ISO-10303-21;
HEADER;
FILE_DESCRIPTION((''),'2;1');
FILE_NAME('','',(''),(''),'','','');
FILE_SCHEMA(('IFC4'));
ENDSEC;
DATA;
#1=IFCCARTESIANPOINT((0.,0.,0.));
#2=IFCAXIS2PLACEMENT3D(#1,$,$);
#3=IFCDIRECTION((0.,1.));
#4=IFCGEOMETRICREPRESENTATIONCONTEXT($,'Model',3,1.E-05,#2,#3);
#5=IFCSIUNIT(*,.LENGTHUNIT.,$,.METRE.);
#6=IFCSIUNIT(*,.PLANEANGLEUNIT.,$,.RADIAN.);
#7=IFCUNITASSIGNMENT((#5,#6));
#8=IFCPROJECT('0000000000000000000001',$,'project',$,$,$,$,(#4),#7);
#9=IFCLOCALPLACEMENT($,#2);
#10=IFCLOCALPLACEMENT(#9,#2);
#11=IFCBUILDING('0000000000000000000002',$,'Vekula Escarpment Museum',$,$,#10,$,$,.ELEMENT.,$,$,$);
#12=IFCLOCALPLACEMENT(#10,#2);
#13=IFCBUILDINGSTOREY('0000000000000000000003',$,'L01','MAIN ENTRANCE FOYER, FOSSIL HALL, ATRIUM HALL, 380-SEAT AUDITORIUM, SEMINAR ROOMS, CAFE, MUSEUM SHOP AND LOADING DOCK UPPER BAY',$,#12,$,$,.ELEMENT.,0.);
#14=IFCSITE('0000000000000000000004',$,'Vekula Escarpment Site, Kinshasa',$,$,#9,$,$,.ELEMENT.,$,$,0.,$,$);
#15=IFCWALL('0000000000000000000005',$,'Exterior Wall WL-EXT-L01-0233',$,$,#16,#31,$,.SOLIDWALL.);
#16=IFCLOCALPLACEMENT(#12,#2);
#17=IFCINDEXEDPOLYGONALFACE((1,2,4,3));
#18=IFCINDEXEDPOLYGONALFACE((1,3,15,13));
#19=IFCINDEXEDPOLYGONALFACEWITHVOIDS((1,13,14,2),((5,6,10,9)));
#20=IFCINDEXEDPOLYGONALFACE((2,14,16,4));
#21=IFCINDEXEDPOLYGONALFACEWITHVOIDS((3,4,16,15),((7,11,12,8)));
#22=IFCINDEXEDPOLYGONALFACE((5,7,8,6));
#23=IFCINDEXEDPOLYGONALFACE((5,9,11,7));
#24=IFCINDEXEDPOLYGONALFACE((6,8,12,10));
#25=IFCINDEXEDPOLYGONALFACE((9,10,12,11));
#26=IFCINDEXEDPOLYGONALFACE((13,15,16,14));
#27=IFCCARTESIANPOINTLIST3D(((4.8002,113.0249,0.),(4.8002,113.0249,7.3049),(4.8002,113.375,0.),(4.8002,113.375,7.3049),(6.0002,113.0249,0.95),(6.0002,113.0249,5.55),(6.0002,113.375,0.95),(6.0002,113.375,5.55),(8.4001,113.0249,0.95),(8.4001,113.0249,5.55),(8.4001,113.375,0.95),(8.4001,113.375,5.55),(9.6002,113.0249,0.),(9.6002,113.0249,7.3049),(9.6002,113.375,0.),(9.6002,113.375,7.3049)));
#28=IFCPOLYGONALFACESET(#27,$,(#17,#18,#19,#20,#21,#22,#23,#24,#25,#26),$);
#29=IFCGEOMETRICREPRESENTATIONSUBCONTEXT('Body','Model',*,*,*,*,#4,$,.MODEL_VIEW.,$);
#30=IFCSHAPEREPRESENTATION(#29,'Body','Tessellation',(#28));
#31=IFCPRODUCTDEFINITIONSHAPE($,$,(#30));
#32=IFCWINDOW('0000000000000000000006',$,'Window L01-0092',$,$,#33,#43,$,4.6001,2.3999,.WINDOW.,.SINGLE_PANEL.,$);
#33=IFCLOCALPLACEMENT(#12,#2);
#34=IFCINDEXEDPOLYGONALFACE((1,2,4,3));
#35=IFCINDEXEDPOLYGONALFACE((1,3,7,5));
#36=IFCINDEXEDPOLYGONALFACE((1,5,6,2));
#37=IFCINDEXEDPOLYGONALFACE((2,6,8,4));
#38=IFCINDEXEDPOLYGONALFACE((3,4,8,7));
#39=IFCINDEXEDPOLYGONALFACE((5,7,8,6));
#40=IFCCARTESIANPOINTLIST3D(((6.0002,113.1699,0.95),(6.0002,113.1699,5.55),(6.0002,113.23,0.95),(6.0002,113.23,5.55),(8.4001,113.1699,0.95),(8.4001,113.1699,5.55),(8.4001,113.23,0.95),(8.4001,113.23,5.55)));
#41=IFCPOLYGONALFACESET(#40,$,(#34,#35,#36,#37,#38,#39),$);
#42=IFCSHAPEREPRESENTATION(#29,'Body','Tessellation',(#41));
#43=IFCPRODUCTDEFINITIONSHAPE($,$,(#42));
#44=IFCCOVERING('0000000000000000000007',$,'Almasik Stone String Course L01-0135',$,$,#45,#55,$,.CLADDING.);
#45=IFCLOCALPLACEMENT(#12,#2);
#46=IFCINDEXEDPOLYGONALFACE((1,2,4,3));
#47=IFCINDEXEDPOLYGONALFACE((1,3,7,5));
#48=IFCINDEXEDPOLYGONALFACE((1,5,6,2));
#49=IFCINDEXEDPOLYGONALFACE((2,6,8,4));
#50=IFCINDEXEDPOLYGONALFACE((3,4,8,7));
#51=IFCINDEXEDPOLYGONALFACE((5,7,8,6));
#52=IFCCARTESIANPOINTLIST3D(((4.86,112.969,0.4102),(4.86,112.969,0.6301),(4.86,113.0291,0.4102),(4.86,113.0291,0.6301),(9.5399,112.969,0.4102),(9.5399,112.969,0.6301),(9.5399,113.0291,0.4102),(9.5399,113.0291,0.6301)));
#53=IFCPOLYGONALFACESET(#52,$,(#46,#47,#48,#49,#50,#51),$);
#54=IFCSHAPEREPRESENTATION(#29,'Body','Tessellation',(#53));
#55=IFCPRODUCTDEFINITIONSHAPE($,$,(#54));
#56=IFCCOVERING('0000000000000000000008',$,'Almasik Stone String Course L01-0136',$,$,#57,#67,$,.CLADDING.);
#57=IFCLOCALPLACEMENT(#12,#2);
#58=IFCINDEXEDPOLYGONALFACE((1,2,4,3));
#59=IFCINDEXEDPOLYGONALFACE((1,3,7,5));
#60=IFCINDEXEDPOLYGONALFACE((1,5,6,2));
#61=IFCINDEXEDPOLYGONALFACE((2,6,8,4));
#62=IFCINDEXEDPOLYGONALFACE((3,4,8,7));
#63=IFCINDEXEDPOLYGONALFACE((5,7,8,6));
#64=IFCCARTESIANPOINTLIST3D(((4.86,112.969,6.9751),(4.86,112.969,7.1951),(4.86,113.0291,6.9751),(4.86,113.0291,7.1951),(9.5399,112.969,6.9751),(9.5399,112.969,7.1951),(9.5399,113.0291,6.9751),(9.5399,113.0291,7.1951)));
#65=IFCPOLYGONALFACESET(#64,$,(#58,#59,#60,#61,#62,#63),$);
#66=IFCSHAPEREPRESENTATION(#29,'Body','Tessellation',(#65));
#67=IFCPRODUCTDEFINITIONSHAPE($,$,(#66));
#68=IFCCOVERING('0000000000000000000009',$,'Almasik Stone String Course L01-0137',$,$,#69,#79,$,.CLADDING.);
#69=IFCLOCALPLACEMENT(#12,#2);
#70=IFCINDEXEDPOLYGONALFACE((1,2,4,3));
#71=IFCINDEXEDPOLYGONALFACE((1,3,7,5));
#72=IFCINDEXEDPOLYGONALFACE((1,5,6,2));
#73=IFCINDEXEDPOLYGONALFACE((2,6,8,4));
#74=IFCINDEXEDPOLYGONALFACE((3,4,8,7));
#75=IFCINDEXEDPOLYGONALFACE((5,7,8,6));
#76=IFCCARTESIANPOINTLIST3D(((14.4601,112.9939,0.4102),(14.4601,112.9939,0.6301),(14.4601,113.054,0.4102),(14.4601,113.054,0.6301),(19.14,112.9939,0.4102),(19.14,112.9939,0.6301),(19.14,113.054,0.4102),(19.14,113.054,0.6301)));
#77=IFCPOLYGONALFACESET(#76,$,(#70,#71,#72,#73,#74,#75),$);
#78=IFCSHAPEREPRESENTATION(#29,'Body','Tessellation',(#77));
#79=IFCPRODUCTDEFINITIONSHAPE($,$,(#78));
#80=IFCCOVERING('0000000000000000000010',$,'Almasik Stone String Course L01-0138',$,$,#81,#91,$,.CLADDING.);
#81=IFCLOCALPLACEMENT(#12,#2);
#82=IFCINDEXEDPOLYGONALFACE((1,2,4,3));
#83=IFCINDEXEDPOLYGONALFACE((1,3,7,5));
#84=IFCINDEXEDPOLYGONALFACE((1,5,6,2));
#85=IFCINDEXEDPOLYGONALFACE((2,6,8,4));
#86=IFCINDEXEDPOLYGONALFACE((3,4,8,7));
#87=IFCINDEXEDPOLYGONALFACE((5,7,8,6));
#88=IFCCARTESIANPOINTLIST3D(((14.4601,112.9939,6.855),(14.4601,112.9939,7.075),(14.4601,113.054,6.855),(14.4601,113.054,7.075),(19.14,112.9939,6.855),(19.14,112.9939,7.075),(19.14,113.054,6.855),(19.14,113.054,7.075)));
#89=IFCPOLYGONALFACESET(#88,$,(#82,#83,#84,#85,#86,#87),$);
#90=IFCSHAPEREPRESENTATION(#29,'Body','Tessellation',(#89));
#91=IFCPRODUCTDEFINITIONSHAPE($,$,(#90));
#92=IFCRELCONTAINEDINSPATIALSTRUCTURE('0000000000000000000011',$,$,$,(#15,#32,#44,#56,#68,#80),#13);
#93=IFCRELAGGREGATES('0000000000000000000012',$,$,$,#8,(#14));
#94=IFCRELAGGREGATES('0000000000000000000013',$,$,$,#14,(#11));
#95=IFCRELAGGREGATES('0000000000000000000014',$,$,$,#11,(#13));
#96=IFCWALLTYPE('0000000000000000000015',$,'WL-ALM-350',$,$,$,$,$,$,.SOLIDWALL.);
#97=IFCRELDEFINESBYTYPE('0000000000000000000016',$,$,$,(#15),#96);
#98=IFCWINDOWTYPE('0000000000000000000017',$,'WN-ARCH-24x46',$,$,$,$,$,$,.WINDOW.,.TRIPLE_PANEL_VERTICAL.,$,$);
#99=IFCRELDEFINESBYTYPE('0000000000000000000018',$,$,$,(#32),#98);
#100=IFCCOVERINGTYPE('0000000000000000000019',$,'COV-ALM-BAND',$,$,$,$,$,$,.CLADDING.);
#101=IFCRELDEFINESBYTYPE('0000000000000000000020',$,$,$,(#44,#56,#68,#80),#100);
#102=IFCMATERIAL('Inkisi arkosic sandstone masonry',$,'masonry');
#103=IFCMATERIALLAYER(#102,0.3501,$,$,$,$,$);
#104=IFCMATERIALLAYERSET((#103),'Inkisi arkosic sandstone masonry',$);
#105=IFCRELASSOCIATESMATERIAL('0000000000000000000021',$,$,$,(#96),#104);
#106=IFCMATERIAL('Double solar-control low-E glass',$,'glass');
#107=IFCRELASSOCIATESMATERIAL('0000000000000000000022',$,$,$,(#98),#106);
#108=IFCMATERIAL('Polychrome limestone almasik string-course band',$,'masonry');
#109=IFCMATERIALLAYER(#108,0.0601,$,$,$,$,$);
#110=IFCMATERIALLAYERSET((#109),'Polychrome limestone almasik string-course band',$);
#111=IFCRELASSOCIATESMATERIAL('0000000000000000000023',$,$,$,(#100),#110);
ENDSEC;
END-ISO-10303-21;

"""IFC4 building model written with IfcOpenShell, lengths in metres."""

from ifc_helpers import new_model, si_unit, direction, frame, frame_2d, origin, origin_2d, place, context, subcontext, project, spatial, rectangle, extrude, material, layer, layer_set, type_object, element, fill, save


model = new_model("IFC4")

# Units and contexts
model_context = context("Model", 3, precision=1e-05, world=origin(), true_north=direction((0.0, 1.0)))
body_context = subcontext(model_context, "Body", "Model", "MODEL_VIEW")
ifc_project = project(units=[si_unit("LENGTHUNIT", "METRE"), si_unit("PLANEANGLEUNIT", "RADIAN")], contexts=[model_context])

# Site, building, storey
site_placement = place(None, origin())
site = spatial("IfcSite", under=ifc_project, at=site_placement, Name="Vekula Escarpment Site, Kinshasa", CompositionType="ELEMENT", RefElevation=0.0)
building_placement = place(site_placement, origin())
building = spatial("IfcBuilding", under=site, at=building_placement, Name="Vekula Escarpment Museum", CompositionType="ELEMENT")
storey_placement = place(building_placement, origin())
storey = spatial("IfcBuildingStorey", under=building, at=storey_placement, Name="L01", Description="MAIN ENTRANCE FOYER, FOSSIL HALL, ATRIUM HALL, 380-SEAT AUDITORIUM, SEMINAR ROOMS, CAFE, MUSEUM SHOP AND LOADING DOCK UPPER BAY", CompositionType="ELEMENT", Elevation=0.0)

# Wall, opening, window
ifc_material_1 = material(Name="Inkisi arkosic sandstone masonry", Category="masonry")
ifc_layer_1 = layer(ifc_material_1, 0.3501)
ifc_layer_set_1 = layer_set([ifc_layer_1], Name="Inkisi arkosic sandstone masonry")
wall_type_1 = type_object("IfcWallType", Name="WL-ALM-350", PredefinedType="SOLIDWALL", material=ifc_layer_set_1)
wall_1_placement = place(storey_placement, frame((9.6001, 113.2, 0.0), z_axis=(0.0, 0.0, 1.0), x_axis=(-1.0, 0.0, 0.0)))
wall_1 = element("IfcWall", 1, at=wall_1_placement, inside=storey, type_object=wall_type_1, Name="Exterior Wall WL-EXT-L01-0233", PredefinedType="SOLIDWALL", context=body_context, shape_type="SweptSolid", body=[
    extrude(rectangle(XDim=4.8, YDim=0.3501, at=frame_2d((2.3999, 0.0))), origin(), (0.0, 0.0, 1.0), 7.3049),
])
opening_1_placement = place(wall_1_placement, frame((1.2, 0.0, 0.95)))
opening_1 = element("IfcOpeningElement", 2, at=opening_1_placement, cuts=wall_1, PredefinedType="OPENING", context=body_context, shape_type="SweptSolid", body=[
    extrude(rectangle(XDim=2.3999, YDim=4.6001, at=frame_2d((1.2, 2.3))), frame((0.0, 0.1851, 0.0), z_axis=(0.0, -1.0, 0.0), x_axis=(1.0, 0.0, 0.0)), (0.0, 0.0, 1.0), 0.3701),
])
ifc_material_2 = material(Name="Double solar-control low-E glass", Category="glass")
window_type = type_object("IfcWindowType", Name="WN-ARCH-24x46", PartitioningType="TRIPLE_PANEL_VERTICAL", PredefinedType="WINDOW", material=ifc_material_2)
window_placement = place(opening_1_placement, origin())
window = element("IfcWindow", 3, at=window_placement, inside=storey, type_object=window_type, Name="Window L01-0092", OverallHeight=4.6001, OverallWidth=2.3999, PartitioningType="SINGLE_PANEL", PredefinedType="WINDOW", context=body_context, shape_type="SweptSolid", body=[
    extrude(rectangle(XDim=2.3999, YDim=4.6001, at=frame_2d((1.2, 2.3))), frame((0.0, 0.03, 0.0), z_axis=(0.0, -1.0, 0.0), x_axis=(1.0, 0.0, 0.0)), (0.0, 0.0, 1.0), 0.0601),
])
fill(opening_1, window)

# Coverings
ifc_material_3 = material(Name="Polychrome limestone almasik string-course band", Category="masonry")
ifc_layer_2 = layer(ifc_material_3, 0.0601)
ifc_layer_set_2 = layer_set([ifc_layer_2], Name="Polychrome limestone almasik string-course band")
covering_type = type_object("IfcCoveringType", Name="COV-ALM-BAND", PredefinedType="CLADDING", material=ifc_layer_set_2)
for number, where, z_axis, x_axis, name in (
    (4, (7.2, 112.999, 0.4102), (0.0, 0.0, 1.0), (1.0, 0.0, 0.0), "Almasik Stone String Course L01-0135"),
    (5, (7.2, 112.999, 6.9751), (0.0, 0.0, 1.0), (1.0, 0.0, 0.0), "Almasik Stone String Course L01-0136"),
    (6, (16.8, 113.0239, 0.4102), (0.0, 0.0, 1.0), (1.0, 0.0, 0.0), "Almasik Stone String Course L01-0137"),
    (7, (16.8, 113.0239, 6.855), (0.0, 0.0, 1.0), (1.0, 0.0, 0.0), "Almasik Stone String Course L01-0138"),
):
    element("IfcCovering", number, at=place(storey_placement, frame(where, z_axis=z_axis, x_axis=x_axis)), inside=storey, type_object=covering_type, Name=name, PredefinedType="CLADDING", context=body_context, shape_type="SweptSolid", body=[
        extrude(rectangle(XDim=4.6799, YDim=0.0601, at=origin_2d()), origin(), (0.0, 0.0, 1.0), 0.22),
    ])

save(model, "model.ifc")
